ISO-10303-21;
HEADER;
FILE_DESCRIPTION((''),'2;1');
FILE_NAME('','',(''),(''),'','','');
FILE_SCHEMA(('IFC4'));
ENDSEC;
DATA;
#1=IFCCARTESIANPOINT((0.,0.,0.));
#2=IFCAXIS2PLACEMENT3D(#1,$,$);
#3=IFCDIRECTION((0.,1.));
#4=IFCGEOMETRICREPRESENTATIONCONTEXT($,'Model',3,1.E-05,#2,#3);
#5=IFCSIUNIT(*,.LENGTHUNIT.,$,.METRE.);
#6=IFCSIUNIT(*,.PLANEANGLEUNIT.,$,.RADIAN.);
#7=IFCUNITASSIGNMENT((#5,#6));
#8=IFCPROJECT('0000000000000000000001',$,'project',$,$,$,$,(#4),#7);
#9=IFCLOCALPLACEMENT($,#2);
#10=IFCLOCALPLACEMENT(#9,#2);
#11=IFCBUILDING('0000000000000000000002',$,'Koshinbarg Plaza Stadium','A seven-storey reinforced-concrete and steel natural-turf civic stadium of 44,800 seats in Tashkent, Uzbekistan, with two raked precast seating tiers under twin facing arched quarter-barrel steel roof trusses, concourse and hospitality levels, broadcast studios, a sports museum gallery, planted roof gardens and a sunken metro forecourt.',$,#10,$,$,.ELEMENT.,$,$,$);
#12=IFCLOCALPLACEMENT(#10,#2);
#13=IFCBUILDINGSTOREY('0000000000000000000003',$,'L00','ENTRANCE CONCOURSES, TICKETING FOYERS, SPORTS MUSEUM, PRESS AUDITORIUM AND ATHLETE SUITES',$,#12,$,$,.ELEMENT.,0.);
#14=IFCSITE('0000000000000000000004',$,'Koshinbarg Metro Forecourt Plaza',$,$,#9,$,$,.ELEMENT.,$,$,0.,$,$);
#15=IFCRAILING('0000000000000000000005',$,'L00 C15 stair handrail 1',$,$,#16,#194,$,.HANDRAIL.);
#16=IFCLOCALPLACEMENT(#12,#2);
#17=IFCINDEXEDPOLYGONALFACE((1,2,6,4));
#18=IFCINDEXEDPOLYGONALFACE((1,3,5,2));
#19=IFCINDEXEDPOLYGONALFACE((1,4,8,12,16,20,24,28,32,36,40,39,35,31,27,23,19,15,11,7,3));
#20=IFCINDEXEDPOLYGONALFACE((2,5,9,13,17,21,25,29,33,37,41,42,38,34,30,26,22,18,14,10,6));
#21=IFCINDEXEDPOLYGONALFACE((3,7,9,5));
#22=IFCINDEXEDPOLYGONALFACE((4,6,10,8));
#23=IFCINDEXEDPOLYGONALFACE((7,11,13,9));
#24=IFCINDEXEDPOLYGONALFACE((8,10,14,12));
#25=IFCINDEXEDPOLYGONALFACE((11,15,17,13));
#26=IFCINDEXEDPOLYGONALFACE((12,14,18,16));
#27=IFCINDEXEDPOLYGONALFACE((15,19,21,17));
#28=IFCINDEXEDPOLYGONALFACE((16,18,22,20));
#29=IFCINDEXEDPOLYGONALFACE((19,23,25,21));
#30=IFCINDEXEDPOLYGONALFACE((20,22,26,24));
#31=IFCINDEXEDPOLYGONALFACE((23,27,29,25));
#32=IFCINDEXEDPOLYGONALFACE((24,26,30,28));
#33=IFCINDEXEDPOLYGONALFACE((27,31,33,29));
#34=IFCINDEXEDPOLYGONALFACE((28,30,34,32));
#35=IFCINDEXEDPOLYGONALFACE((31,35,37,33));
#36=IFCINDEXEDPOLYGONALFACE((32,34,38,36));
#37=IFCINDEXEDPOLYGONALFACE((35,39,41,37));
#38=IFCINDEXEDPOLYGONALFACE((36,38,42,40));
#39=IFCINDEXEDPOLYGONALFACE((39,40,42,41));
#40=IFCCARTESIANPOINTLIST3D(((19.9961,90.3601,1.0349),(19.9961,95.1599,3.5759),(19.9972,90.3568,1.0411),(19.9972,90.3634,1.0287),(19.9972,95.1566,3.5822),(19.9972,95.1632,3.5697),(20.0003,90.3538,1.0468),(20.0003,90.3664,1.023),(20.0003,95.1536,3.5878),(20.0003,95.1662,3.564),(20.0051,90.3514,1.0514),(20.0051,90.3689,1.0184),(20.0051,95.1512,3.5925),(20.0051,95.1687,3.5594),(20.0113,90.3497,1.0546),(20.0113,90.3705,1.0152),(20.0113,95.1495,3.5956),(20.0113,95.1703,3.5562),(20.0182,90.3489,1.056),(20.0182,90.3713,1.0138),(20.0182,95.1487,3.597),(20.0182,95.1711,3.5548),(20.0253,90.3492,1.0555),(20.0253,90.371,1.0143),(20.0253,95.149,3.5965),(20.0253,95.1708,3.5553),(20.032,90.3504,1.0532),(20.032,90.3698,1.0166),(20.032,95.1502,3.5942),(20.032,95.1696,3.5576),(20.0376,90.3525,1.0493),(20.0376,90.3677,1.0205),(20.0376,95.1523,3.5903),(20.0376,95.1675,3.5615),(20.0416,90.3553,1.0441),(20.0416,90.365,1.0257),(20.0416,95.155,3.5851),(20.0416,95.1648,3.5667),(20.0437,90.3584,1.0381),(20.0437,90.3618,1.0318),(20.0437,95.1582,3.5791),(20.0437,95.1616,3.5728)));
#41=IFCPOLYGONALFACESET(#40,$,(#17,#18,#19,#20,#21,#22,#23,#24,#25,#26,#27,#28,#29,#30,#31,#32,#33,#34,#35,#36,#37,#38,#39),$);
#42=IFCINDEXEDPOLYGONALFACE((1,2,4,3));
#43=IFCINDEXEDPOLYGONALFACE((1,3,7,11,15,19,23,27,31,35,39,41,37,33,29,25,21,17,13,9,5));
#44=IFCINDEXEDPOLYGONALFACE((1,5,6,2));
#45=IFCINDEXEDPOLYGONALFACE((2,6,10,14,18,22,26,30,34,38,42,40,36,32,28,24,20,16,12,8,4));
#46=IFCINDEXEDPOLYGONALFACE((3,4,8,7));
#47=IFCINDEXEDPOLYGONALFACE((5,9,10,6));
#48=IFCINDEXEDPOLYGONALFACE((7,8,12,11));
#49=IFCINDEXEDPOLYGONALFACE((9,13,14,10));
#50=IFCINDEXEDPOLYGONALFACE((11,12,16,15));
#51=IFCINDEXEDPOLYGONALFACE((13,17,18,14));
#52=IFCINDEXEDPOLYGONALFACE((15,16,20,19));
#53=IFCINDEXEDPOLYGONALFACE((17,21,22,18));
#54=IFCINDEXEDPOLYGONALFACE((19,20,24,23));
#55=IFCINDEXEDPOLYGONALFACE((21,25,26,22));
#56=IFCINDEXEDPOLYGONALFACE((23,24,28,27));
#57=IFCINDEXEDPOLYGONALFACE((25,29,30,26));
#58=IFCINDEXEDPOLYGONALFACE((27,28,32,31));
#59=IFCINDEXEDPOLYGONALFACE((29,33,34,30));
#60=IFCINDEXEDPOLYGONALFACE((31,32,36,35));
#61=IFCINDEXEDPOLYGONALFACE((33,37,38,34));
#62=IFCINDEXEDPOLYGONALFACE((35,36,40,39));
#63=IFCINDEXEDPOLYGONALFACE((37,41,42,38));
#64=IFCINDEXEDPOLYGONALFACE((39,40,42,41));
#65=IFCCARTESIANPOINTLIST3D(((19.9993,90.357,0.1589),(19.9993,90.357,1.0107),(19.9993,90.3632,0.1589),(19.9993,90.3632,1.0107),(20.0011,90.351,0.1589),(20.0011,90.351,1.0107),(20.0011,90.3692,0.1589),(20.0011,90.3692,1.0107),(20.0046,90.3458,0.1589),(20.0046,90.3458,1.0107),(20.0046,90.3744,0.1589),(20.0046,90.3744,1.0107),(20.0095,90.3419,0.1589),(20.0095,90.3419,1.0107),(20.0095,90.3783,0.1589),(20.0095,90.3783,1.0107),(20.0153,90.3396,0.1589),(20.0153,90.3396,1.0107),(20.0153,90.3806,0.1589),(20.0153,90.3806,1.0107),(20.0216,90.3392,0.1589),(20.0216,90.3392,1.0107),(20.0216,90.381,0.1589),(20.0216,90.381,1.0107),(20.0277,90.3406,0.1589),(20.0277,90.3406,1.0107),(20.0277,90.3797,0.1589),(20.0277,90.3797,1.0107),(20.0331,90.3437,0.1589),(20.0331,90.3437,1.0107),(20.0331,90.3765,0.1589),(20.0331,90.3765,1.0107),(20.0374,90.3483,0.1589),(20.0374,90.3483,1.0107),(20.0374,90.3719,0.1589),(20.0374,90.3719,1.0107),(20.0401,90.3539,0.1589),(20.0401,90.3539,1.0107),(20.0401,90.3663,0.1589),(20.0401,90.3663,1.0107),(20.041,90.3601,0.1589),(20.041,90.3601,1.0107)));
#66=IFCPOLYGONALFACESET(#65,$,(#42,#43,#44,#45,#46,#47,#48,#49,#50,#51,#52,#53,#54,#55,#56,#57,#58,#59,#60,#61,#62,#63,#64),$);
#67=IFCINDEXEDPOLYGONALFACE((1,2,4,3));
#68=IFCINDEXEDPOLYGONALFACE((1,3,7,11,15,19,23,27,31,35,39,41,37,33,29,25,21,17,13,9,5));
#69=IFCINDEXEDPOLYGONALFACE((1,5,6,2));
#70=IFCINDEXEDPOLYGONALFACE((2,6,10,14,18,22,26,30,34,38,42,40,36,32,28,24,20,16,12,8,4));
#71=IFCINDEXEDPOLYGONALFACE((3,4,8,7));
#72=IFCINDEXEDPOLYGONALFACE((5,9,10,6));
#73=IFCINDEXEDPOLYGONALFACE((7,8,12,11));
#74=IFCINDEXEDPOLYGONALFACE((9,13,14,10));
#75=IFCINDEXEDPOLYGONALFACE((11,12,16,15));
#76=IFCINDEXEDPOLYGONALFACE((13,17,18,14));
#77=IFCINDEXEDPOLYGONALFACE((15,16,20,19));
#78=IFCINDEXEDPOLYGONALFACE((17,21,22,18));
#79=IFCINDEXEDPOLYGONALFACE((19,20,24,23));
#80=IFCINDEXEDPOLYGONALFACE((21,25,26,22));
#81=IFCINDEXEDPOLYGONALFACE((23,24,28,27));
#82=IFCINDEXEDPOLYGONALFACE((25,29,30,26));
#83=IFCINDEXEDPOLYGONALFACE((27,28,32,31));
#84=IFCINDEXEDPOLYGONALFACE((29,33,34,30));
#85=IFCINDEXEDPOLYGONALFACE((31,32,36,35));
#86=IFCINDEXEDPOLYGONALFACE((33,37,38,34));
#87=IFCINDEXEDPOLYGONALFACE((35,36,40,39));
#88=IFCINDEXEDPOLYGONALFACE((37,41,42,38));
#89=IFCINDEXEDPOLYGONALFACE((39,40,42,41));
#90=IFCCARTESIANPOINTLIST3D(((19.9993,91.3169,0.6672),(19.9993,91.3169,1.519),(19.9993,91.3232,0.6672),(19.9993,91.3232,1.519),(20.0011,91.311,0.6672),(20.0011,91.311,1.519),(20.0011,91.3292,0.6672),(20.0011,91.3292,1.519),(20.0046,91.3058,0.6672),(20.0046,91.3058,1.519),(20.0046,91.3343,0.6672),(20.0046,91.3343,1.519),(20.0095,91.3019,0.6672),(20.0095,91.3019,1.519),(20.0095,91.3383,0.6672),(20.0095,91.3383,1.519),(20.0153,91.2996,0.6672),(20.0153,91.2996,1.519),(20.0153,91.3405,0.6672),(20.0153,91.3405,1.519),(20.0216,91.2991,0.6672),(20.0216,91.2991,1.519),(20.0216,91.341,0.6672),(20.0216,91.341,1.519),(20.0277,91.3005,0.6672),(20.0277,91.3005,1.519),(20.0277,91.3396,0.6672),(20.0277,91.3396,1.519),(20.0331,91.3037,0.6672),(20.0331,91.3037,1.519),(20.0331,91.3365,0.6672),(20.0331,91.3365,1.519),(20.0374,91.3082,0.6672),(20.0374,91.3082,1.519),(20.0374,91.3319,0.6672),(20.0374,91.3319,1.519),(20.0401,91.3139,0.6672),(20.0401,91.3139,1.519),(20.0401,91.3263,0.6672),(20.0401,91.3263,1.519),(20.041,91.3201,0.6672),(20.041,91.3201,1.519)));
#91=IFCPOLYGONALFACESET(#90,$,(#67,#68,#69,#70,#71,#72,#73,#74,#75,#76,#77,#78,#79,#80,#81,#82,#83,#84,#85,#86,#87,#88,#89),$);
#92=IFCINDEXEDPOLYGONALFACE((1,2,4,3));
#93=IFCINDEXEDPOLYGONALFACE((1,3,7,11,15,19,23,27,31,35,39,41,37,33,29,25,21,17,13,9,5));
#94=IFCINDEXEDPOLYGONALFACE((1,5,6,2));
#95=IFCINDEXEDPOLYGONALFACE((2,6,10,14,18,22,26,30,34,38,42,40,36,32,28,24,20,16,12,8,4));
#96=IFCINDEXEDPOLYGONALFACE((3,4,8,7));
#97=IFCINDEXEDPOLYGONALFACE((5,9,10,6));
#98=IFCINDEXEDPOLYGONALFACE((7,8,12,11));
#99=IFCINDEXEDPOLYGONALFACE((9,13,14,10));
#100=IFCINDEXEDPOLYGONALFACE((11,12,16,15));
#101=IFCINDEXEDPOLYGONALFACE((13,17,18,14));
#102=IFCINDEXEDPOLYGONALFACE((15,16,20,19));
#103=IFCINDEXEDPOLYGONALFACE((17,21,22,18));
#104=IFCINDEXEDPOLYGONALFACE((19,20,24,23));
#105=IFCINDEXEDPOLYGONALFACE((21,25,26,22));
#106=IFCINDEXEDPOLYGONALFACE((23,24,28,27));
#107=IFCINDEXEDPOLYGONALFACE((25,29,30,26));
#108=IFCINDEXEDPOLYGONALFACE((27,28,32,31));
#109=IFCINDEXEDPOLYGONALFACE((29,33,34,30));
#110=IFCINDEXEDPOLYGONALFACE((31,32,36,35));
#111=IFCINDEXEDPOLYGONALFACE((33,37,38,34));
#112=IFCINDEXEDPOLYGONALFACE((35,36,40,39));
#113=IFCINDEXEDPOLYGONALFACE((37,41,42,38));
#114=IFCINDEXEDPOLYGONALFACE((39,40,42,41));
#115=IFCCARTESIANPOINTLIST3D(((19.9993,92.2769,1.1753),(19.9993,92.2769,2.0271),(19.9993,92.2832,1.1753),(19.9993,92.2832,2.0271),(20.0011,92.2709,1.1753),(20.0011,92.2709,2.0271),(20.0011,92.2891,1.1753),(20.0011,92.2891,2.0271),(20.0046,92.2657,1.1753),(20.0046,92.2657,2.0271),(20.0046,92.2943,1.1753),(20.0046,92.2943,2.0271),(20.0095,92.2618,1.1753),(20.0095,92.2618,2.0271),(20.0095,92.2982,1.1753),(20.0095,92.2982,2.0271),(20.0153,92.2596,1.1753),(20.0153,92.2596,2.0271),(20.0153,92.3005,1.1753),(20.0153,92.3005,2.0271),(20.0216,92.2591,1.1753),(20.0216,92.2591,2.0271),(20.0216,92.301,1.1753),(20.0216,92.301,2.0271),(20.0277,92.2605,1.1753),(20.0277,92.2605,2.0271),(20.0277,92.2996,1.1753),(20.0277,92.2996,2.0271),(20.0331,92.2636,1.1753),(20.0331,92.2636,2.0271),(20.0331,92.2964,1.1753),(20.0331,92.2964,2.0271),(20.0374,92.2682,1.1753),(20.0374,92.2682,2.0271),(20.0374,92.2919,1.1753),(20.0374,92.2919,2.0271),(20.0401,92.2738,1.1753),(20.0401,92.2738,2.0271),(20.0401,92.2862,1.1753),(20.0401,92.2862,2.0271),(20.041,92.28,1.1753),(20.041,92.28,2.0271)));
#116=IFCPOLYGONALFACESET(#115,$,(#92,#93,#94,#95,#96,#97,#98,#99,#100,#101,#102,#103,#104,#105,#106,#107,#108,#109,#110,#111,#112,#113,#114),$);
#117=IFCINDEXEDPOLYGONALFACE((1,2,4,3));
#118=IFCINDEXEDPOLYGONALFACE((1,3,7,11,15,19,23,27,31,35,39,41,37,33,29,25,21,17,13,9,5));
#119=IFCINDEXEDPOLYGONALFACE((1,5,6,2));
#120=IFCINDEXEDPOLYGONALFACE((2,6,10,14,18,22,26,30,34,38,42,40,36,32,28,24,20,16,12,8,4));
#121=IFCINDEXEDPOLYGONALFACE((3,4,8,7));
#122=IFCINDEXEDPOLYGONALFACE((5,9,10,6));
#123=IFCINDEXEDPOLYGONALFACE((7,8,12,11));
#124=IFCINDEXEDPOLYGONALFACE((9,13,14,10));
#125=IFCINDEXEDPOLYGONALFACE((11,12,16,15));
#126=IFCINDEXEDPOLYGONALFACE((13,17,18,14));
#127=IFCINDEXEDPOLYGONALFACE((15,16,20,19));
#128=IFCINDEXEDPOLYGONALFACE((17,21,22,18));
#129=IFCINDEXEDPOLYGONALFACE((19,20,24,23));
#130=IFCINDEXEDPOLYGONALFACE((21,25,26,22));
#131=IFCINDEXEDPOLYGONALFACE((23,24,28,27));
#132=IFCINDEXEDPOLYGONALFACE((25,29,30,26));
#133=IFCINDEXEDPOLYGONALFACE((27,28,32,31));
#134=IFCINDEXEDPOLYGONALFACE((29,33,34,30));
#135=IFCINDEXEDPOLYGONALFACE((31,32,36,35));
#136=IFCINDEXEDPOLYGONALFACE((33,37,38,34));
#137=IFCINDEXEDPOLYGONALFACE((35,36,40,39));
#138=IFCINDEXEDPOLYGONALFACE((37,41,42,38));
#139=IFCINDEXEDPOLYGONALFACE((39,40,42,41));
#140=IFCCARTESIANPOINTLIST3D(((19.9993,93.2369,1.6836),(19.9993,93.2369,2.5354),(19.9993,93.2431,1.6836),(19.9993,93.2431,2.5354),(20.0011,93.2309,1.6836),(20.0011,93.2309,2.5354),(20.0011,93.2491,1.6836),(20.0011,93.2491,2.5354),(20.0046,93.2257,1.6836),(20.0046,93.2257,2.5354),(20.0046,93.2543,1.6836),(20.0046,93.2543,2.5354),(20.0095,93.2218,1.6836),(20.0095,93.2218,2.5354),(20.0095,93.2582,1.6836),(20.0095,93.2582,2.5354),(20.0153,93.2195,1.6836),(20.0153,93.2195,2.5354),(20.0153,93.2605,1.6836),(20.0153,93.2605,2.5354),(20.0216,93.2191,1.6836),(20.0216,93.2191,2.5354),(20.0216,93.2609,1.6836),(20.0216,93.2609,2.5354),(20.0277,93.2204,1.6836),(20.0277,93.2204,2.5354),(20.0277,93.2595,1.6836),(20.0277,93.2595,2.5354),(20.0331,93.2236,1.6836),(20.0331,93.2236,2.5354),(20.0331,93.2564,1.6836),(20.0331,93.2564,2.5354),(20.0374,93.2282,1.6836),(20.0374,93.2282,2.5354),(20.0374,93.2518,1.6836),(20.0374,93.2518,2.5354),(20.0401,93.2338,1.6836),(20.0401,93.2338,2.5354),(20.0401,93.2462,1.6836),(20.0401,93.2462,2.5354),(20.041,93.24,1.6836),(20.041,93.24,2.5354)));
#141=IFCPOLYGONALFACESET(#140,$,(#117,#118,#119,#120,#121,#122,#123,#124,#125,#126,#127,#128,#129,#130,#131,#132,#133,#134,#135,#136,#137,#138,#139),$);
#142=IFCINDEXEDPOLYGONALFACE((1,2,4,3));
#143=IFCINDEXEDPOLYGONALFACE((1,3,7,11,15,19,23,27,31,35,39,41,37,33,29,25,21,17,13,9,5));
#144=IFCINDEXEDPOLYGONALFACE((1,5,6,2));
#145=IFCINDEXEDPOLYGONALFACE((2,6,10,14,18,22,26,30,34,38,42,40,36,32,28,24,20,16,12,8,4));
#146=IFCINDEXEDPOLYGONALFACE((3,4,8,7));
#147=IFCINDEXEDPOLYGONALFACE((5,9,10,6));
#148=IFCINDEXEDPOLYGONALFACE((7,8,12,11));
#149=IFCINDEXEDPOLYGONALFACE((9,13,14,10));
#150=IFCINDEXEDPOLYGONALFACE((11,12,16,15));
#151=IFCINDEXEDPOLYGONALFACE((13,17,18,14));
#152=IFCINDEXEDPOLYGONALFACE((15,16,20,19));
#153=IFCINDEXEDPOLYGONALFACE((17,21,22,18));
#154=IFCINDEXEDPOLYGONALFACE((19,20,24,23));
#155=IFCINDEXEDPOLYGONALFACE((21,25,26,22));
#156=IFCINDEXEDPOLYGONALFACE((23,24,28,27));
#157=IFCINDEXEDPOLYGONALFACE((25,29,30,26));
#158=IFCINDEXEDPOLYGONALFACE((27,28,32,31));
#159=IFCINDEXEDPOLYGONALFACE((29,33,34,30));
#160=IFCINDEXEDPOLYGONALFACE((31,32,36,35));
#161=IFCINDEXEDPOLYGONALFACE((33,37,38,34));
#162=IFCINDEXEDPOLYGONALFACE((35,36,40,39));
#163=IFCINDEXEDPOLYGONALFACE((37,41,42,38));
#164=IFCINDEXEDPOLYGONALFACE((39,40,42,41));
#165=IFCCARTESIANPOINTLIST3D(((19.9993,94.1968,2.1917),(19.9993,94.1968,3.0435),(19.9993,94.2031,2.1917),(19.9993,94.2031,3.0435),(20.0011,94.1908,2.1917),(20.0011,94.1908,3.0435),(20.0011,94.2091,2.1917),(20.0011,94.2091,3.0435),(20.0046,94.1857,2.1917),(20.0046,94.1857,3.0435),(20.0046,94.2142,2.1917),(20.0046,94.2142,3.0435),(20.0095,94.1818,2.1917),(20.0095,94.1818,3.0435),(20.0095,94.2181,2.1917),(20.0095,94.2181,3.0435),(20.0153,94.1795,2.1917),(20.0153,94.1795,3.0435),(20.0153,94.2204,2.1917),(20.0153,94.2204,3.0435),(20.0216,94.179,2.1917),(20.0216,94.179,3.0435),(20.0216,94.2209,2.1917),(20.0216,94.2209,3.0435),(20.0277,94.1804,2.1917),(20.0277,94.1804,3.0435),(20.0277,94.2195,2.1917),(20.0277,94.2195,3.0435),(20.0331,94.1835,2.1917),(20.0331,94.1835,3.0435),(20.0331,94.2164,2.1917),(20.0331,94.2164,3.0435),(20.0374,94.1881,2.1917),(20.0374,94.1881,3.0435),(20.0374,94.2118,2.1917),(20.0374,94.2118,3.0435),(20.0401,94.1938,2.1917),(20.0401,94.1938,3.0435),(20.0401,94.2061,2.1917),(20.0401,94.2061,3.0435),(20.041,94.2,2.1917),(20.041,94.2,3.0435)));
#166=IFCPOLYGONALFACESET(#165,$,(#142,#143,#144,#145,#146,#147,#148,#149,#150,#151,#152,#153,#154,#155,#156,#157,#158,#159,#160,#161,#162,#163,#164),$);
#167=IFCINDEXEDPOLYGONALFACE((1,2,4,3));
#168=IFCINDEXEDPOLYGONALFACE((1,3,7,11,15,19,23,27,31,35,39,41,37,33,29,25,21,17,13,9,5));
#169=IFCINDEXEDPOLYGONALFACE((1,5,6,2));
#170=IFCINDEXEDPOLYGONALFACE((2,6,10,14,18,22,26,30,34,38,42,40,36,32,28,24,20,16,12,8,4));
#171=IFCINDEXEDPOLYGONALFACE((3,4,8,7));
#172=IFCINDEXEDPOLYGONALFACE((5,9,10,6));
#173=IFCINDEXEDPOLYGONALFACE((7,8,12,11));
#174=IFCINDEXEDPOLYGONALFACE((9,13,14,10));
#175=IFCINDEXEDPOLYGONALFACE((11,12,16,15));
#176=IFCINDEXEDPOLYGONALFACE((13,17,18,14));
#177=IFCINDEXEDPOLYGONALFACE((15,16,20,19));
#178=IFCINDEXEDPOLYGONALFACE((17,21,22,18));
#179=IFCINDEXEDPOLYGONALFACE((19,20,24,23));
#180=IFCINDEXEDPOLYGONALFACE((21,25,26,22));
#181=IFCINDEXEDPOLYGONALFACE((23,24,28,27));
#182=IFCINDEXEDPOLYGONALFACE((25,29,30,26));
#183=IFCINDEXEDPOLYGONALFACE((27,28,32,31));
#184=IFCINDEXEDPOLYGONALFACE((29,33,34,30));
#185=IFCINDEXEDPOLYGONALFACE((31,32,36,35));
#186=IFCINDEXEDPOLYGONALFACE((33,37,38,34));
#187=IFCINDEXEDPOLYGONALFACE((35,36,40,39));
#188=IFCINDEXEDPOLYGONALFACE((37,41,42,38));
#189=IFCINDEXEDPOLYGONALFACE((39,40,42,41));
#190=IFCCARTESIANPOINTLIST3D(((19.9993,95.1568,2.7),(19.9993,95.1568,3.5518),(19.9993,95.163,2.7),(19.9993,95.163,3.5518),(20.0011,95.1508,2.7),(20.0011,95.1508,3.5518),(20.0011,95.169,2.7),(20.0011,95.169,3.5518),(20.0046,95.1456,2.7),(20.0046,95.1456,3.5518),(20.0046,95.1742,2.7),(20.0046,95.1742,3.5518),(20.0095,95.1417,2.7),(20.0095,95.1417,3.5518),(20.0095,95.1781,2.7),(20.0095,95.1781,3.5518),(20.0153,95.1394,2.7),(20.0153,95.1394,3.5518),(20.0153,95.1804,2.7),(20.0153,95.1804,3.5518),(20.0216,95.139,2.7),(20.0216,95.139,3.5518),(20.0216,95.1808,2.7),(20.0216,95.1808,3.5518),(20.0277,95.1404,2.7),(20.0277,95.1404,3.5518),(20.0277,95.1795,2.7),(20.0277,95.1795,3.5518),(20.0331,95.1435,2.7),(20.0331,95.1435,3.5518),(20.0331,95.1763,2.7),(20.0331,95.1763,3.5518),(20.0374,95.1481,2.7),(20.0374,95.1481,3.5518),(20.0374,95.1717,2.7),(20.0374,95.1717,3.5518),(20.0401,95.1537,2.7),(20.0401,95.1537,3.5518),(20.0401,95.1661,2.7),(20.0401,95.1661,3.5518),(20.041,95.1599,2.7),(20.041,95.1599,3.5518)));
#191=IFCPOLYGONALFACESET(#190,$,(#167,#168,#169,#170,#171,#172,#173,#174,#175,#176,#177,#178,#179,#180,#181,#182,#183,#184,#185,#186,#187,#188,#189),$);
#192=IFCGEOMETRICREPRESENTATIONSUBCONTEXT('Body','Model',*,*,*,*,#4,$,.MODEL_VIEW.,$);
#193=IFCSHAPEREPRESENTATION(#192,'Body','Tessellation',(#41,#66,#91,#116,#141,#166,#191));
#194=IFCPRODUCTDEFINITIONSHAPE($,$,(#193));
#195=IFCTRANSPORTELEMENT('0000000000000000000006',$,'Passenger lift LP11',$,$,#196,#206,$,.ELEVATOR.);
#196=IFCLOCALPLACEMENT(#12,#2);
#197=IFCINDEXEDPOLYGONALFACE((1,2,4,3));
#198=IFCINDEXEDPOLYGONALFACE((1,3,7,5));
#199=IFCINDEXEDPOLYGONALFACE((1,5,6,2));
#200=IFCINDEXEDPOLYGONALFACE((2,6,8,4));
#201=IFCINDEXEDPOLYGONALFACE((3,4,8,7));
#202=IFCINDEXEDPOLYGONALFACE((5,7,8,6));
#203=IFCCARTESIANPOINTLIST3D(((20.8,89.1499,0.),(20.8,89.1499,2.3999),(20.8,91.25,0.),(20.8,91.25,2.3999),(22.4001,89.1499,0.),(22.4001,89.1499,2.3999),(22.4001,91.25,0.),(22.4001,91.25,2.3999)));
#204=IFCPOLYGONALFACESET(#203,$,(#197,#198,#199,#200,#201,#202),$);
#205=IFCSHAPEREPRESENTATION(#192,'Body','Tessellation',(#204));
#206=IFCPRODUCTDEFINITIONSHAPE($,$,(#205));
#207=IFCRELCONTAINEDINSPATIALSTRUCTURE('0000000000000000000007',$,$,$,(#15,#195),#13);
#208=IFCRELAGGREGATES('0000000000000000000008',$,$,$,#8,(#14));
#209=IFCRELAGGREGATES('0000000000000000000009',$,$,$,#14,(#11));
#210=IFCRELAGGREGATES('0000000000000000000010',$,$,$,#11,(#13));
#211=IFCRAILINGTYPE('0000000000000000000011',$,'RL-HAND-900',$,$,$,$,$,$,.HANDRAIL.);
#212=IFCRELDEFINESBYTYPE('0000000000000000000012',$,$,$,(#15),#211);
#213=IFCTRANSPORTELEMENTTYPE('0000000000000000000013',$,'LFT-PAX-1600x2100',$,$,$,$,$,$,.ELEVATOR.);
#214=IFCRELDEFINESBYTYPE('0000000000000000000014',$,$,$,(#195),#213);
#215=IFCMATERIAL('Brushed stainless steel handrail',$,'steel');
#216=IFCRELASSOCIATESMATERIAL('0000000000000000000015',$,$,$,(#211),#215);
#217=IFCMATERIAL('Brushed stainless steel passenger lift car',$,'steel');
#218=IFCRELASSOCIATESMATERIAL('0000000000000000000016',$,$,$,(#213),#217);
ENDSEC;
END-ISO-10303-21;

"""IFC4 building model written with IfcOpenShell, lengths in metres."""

from ifc_helpers import new_model, si_unit, direction, frame, origin, origin_2d, place, context, subcontext, project, spatial, rectangle, circle, extrude, material, type_object, element, save


model = new_model("IFC4")

# Units and contexts
model_context = context("Model", 3, precision=1e-05, world=origin(), true_north=direction((0.0, 1.0)))
body_context = subcontext(model_context, "Body", "Model", "MODEL_VIEW")
ifc_project = project(units=[si_unit("LENGTHUNIT", "METRE"), si_unit("PLANEANGLEUNIT", "RADIAN")], contexts=[model_context])

# Site, building, storey
site_placement = place(None, origin())
site = spatial("IfcSite", under=ifc_project, at=site_placement, Name="Koshinbarg Metro Forecourt Plaza", CompositionType="ELEMENT", RefElevation=0.0)
building_placement = place(site_placement, origin())
building = spatial("IfcBuilding", under=site, at=building_placement, Name="Koshinbarg Plaza Stadium", Description="A seven-storey reinforced-concrete and steel natural-turf civic stadium of 44,800 seats in Tashkent, Uzbekistan, with two raked precast seating tiers under twin facing arched quarter-barrel steel roof trusses, concourse and hospitality levels, broadcast studios, a sports museum gallery, planted roof gardens and a sunken metro forecourt.", CompositionType="ELEMENT")
storey_placement = place(building_placement, origin())
storey = spatial("IfcBuildingStorey", under=building, at=storey_placement, Name="L00", Description="ENTRANCE CONCOURSES, TICKETING FOYERS, SPORTS MUSEUM, PRESS AUDITORIUM AND ATHLETE SUITES", CompositionType="ELEMENT", Elevation=0.0)

# Railing
ifc_material_1 = material(Name="Brushed stainless steel handrail", Category="steel")
railing_type_1 = type_object("IfcRailingType", Name="RL-HAND-900", PredefinedType="HANDRAIL", material=ifc_material_1)
railing_1_placement = place(storey_placement, frame((20.02, 90.3601, 0.1589)))
element("IfcRailing", 1, at=railing_1_placement, inside=storey, type_object=railing_type_1, Name="L00 C15 stair handrail 1", PredefinedType="HANDRAIL", context=body_context, shape_type="SweptSolid", body=[
    extrude(circle(Radius=0.0239, at=origin_2d()), frame((0.0, 0.0, 0.876), z_axis=(0.0, 0.883792, 0.467879), x_axis=(-1.0, 0.0, 0.0)), (0.0, 0.0, 1.0), 5.4309),
    extrude(circle(Radius=0.021, at=origin_2d()), origin(), (0.0, 0.0, 1.0), 0.8518),
    extrude(circle(Radius=0.021, at=origin_2d()), frame((0.0, 0.96, 0.5083)), (0.0, 0.0, 1.0), 0.8518),
    extrude(circle(Radius=0.021, at=origin_2d()), frame((0.0, 1.9199, 1.0164)), (0.0, 0.0, 1.0), 0.8518),
    extrude(circle(Radius=0.021, at=origin_2d()), frame((0.0, 2.8799, 1.5247)), (0.0, 0.0, 1.0), 0.8518),
    extrude(circle(Radius=0.021, at=origin_2d()), frame((0.0, 3.8398, 2.0327)), (0.0, 0.0, 1.0), 0.8518),
    extrude(circle(Radius=0.021, at=origin_2d()), frame((0.0, 4.7998, 2.541)), (0.0, 0.0, 1.0), 0.8518),
])

# Transport element
ifc_material_2 = material(Name="Brushed stainless steel passenger lift car", Category="steel")
transport_element_type = type_object("IfcTransportElementType", Name="LFT-PAX-1600x2100", PredefinedType="ELEVATOR", material=ifc_material_2)
transport_element_placement = place(storey_placement, frame((21.6001, 90.2, 0.0), z_axis=(0.0, 0.0, 1.0), x_axis=(1.0, 0.0, 0.0)))
element("IfcTransportElement", 2, at=transport_element_placement, inside=storey, type_object=transport_element_type, Name="Passenger lift LP11", PredefinedType="ELEVATOR", context=body_context, shape_type="SweptSolid", body=[
    extrude(rectangle(XDim=1.6001, YDim=2.1001, at=origin_2d()), origin(), (0.0, 0.0, 1.0), 2.3999),
])

save(model, "model.ifc")
